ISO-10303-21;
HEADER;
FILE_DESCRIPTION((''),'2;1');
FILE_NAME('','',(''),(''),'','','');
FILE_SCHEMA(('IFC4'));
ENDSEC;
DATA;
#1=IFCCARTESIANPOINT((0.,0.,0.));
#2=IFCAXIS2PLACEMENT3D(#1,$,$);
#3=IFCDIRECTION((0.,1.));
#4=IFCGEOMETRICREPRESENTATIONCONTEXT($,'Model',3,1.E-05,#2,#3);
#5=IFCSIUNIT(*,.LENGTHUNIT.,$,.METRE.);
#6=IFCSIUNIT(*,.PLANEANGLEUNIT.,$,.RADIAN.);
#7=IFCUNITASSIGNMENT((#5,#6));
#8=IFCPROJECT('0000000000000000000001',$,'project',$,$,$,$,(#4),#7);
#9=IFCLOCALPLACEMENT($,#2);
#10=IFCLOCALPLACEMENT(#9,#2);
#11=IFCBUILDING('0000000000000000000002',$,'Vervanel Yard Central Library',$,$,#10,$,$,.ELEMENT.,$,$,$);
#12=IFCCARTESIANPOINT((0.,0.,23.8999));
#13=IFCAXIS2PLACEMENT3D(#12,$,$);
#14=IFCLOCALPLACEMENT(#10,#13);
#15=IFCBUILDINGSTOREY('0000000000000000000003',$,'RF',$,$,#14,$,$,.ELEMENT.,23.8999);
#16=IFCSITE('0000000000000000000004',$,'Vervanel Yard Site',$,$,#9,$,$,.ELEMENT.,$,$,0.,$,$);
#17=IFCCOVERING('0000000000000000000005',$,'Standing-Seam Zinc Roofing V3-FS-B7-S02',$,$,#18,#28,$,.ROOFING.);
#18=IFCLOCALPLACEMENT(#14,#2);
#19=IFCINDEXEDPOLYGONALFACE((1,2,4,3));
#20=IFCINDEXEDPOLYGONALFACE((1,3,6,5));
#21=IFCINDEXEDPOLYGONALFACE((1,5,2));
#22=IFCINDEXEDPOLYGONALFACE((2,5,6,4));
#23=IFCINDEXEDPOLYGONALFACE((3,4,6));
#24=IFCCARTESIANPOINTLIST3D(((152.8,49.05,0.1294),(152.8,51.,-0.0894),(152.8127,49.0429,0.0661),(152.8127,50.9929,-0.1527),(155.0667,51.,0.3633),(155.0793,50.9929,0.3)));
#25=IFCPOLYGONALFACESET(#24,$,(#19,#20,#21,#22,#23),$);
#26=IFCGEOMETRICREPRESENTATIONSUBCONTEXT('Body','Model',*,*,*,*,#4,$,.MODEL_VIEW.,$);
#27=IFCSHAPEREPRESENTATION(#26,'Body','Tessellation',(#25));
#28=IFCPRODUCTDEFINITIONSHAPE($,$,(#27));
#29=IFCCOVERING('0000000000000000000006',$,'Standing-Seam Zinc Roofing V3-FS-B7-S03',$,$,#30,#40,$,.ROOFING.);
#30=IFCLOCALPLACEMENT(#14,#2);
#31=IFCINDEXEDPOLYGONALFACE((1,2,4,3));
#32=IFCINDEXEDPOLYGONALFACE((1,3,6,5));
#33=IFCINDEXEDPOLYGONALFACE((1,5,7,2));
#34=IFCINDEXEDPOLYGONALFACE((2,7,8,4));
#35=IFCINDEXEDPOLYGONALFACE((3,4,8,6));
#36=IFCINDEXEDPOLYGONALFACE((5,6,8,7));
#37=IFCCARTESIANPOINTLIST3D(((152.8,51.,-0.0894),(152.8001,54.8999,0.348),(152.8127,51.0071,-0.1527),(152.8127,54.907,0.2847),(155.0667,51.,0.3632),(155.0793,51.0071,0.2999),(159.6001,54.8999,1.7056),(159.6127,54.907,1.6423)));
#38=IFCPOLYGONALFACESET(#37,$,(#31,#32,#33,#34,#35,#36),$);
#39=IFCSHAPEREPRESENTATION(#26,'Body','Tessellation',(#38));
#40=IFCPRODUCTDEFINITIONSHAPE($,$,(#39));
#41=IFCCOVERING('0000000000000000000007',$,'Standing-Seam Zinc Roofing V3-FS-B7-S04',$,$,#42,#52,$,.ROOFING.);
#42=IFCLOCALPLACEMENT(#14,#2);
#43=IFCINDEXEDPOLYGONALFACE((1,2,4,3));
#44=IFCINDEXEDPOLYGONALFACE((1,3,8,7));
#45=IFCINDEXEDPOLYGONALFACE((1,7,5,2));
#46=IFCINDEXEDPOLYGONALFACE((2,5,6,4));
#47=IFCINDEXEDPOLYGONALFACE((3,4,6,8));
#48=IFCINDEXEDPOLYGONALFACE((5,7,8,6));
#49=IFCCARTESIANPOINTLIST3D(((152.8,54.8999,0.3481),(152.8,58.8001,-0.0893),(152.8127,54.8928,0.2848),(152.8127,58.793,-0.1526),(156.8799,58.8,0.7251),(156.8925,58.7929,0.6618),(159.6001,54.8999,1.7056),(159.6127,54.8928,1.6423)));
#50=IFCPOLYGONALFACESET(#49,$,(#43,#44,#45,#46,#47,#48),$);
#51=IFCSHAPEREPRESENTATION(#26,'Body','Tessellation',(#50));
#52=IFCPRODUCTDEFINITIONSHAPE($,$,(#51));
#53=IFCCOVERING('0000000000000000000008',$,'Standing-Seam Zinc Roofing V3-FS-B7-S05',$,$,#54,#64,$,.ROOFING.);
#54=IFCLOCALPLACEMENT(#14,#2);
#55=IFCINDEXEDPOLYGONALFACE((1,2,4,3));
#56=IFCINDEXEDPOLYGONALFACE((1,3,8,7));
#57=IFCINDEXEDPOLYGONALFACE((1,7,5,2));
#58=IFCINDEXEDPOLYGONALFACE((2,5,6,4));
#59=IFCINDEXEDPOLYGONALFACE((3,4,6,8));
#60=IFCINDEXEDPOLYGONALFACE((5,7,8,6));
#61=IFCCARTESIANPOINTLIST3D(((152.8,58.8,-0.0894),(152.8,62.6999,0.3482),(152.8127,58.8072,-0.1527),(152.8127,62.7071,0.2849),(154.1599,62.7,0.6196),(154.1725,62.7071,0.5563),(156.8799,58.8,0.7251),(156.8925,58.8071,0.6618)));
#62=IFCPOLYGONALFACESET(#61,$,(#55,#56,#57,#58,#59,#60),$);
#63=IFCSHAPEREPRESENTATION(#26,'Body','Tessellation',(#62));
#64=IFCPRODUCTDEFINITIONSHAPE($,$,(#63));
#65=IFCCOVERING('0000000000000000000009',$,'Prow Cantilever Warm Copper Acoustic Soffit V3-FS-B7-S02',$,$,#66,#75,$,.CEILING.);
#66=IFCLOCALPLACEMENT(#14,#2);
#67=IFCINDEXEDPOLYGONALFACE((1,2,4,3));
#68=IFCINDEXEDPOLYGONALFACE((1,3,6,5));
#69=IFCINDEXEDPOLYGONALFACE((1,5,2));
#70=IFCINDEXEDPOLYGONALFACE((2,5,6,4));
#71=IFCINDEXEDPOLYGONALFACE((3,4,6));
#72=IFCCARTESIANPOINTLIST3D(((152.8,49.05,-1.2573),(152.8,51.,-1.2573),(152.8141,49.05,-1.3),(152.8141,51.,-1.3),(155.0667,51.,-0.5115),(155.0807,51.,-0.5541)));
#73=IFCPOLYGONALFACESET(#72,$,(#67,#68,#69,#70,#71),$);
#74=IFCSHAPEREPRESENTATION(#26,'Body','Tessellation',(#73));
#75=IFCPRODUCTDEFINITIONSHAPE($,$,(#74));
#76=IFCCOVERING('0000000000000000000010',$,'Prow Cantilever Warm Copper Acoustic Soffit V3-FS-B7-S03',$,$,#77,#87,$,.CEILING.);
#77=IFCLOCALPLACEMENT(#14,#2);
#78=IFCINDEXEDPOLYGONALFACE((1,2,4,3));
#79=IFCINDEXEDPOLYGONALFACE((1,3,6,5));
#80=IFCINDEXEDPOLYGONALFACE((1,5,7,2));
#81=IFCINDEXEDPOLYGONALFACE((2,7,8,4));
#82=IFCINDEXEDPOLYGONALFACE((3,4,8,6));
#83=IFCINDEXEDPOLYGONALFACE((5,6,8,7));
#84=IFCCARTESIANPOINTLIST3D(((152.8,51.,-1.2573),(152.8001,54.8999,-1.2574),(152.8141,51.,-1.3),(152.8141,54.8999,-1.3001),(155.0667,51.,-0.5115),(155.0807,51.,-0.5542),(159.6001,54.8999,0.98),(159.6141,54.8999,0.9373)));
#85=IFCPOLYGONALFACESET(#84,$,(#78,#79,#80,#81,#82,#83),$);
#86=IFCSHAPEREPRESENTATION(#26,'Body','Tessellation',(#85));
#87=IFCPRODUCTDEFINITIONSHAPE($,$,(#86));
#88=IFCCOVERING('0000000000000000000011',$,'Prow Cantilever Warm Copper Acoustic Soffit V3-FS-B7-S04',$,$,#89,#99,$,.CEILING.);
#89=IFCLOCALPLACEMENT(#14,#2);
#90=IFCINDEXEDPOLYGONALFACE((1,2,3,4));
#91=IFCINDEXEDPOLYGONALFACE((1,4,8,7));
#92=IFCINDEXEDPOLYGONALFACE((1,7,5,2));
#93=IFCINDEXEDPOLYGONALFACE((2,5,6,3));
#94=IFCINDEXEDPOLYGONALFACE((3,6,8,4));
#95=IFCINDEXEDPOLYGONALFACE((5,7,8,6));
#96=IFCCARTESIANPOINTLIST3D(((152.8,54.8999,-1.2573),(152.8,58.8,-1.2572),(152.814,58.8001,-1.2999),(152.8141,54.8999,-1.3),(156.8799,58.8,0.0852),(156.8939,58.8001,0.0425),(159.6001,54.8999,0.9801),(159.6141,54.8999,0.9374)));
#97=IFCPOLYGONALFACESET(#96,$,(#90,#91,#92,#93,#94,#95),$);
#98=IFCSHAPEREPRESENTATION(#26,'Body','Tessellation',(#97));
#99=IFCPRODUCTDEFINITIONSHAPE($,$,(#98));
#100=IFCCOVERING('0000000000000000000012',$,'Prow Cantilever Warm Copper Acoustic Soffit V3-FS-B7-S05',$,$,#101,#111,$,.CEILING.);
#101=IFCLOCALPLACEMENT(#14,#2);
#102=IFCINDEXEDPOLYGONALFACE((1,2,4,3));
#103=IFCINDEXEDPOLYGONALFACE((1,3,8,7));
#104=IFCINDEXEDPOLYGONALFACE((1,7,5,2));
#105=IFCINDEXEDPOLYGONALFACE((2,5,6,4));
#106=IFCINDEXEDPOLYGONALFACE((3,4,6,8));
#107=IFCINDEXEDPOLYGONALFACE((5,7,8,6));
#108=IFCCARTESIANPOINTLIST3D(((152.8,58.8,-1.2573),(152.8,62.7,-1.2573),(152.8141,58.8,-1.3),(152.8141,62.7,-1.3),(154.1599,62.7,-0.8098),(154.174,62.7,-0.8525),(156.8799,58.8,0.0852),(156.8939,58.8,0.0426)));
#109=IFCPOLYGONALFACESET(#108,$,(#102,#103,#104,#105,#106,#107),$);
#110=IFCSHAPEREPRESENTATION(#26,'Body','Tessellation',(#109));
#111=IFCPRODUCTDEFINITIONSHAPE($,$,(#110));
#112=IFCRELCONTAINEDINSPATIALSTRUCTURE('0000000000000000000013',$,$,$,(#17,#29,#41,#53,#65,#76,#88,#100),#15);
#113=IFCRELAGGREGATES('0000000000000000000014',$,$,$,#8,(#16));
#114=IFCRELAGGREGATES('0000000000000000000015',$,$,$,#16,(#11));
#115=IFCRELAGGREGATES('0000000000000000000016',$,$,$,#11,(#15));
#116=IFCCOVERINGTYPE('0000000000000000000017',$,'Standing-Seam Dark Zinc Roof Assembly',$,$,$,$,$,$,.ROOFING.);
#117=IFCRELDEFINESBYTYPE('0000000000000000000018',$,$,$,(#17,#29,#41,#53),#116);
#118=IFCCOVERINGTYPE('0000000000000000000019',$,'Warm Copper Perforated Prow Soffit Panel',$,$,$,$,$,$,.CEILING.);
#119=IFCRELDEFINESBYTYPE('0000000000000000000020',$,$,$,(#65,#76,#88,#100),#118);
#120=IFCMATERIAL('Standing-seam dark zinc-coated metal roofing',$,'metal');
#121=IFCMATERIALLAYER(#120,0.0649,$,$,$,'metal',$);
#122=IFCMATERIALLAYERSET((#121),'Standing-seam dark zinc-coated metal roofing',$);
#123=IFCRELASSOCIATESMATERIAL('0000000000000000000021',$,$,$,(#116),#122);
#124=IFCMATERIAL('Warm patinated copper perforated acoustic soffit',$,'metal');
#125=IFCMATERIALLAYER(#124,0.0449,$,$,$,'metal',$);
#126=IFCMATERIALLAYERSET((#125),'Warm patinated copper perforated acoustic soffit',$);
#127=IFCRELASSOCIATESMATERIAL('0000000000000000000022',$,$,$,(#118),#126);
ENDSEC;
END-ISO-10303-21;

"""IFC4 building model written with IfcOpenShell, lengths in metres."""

from ifc_helpers import new_model, si_unit, direction, frame, origin, place, context, subcontext, project, spatial, polyline, outline, extrude, material, layer, layer_set, type_object, element, save


model = new_model("IFC4")

# Units and contexts
model_context = context("Model", 3, precision=1e-05, world=origin(), true_north=direction((0.0, 1.0)))
body_context = subcontext(model_context, "Body", "Model", "MODEL_VIEW")
ifc_project = project(units=[si_unit("LENGTHUNIT", "METRE"), si_unit("PLANEANGLEUNIT", "RADIAN")], contexts=[model_context])

# Site, building, storey
site_placement = place(None, origin())
site = spatial("IfcSite", under=ifc_project, at=site_placement, Name="Vervanel Yard Site", CompositionType="ELEMENT", RefElevation=0.0)
building_placement = place(site_placement, origin())
building = spatial("IfcBuilding", under=site, at=building_placement, Name="Vervanel Yard Central Library", CompositionType="ELEMENT")
storey_placement = place(building_placement, frame((0.0, 0.0, 23.8999)))
storey = spatial("IfcBuildingStorey", under=building, at=storey_placement, Name="RF", CompositionType="ELEMENT", Elevation=23.8999)

# Coverings
ifc_material_1 = material(Name="Standing-seam dark zinc-coated metal roofing", Category="metal")
ifc_layer_1 = layer(ifc_material_1, 0.0649, Category="metal")
ifc_layer_set_1 = layer_set([ifc_layer_1], Name="Standing-seam dark zinc-coated metal roofing")
covering_type_1 = type_object("IfcCoveringType", Name="Standing-Seam Dark Zinc Roof Assembly", PredefinedType="ROOFING", material=ifc_layer_set_1)
covering_1_placement = place(storey_placement, frame((152.8, 51.0, -0.0894), z_axis=(-0.194657, 0.10935, 0.974757), x_axis=(0.980638, 0.0, 0.195832)))
element("IfcCovering", 1, at=covering_1_placement, inside=storey, type_object=covering_type_1, Name="Standing-Seam Zinc Roofing V3-FS-B7-S02", PredefinedType="ROOFING", context=body_context, shape_type="SweptSolid", body=[
    extrude(outline(polyline([(0.0428, -1.9617), (2.3114, 0.0), (0.0, 0.0), (0.0428, -1.9617)])), origin(), (0.0, 0.0, -1.0), 0.0649),
])
covering_2_placement = place(storey_placement, frame((152.8, 51.0, -0.0894), z_axis=(-0.194603, -0.109319, 0.974771), x_axis=(0.000006, 0.99377, 0.11145)))
element("IfcCovering", 2, at=covering_2_placement, inside=storey, type_object=covering_type_1, Name="Standing-Seam Zinc Roofing V3-FS-B7-S03", PredefinedType="ROOFING", context=body_context, shape_type="SweptSolid", body=[
    extrude(outline(polyline([(0.0505, -2.3108), (4.0757, -6.9326), (3.9244, 0.0), (0.0, 0.0), (0.0505, -2.3108)])), origin(), (0.0, 0.0, -1.0), 0.0649),
])
covering_3_placement = place(storey_placement, frame((152.8, 54.8999, 0.3481), z_axis=(-0.194587, 0.109339, 0.974772), x_axis=(-0.000001, 0.993768, -0.11147)))
element("IfcCovering", 3, at=covering_3_placement, inside=storey, type_object=covering_type_1, Name="Standing-Seam Zinc Roofing V3-FS-B7-S04", PredefinedType="ROOFING", context=body_context, shape_type="SweptSolid", body=[
    extrude(outline(polyline([(-0.1513, -6.9326), (3.8338, -4.1593), (3.9246, 0.0), (0.0, 0.0), (-0.1513, -6.9326)])), origin(), (0.0, 0.0, -1.0), 0.0649),
])
covering_4_placement = place(storey_placement, frame((152.8, 58.8, -0.0894), z_axis=(-0.194595, -0.109355, 0.974769), x_axis=(-0.000001, 0.993766, 0.111486)))
element("IfcCovering", 4, at=covering_4_placement, inside=storey, type_object=covering_type_1, Name="Standing-Seam Zinc Roofing V3-FS-B7-S05", PredefinedType="ROOFING", context=body_context, shape_type="SweptSolid", body=[
    extrude(outline(polyline([(0.0908, -4.1593), (3.9546, -1.3864), (3.9244, 0.0), (0.0, 0.0), (0.0908, -4.1593)])), origin(), (0.0, 0.0, -1.0), 0.0649),
])
ifc_material_2 = material(Name="Warm patinated copper perforated acoustic soffit", Category="metal")
ifc_layer_2 = layer(ifc_material_2, 0.0449, Category="metal")
ifc_layer_set_2 = layer_set([ifc_layer_2], Name="Warm patinated copper perforated acoustic soffit")
covering_type_2 = type_object("IfcCoveringType", Name="Warm Copper Perforated Prow Soffit Panel", PredefinedType="CEILING", material=ifc_layer_set_2)
covering_5_placement = place(storey_placement, frame((152.8, 51.0, -1.2573), z_axis=(-0.312573, 0.0, 0.949894), x_axis=(0.949894, 0.0, 0.312573)))
element("IfcCovering", 5, at=covering_5_placement, inside=storey, type_object=covering_type_2, Name="Prow Cantilever Warm Copper Acoustic Soffit V3-FS-B7-S02", PredefinedType="CEILING", context=body_context, shape_type="SweptSolid", body=[
    extrude(outline(polyline([(0.0, -1.95), (2.3862, 0.0), (0.0, 0.0), (0.0, -1.95)])), origin(), (0.0, 0.0, -1.0), 0.0449),
])
covering_6_placement = place(storey_placement, frame((152.8, 51.0, -1.2573), z_axis=(-0.312542, 0.00002, 0.949904), x_axis=(0.000006, 1.0, -0.000019)))
element("IfcCovering", 6, at=covering_6_placement, inside=storey, type_object=covering_type_2, Name="Prow Cantilever Warm Copper Acoustic Soffit V3-FS-B7-S03", PredefinedType="CEILING", context=body_context, shape_type="SweptSolid", body=[
    extrude(outline(polyline([(0.0, -2.3862), (3.8999, -7.1586), (3.8999, 0.0), (0.0, 0.0), (0.0, -2.3862)])), origin(), (0.0, 0.0, -1.0), 0.0449),
])
covering_7_placement = place(storey_placement, frame((152.8, 54.8999, -1.2573), z_axis=(-0.312548, -0.000032, 0.949902), x_axis=(-0.00001, 1.0, 0.00003)))
element("IfcCovering", 7, at=covering_7_placement, inside=storey, type_object=covering_type_2, Name="Prow Cantilever Warm Copper Acoustic Soffit V3-FS-B7-S04", PredefinedType="CEILING", context=body_context, shape_type="SweptSolid", body=[
    extrude(outline(polyline([(0.0, -7.1586), (3.9001, -4.295), (3.9001, 0.0), (0.0, 0.0), (0.0, -7.1586)])), origin(), (0.0, 0.0, -1.0), 0.0449),
])
covering_8_placement = place(storey_placement, frame((152.8, 58.8, -1.2573), z_axis=(-0.31258, -0.000005, 0.949891), x_axis=(-0.000002, 1.0, 0.000005)))
element("IfcCovering", 8, at=covering_8_placement, inside=storey, type_object=covering_type_2, Name="Prow Cantilever Warm Copper Acoustic Soffit V3-FS-B7-S05", PredefinedType="CEILING", context=body_context, shape_type="SweptSolid", body=[
    extrude(outline(polyline([(0.0, -4.295), (3.8999, -1.4316), (3.8999, 0.0), (0.0, 0.0), (0.0, -4.295)])), origin(), (0.0, 0.0, -1.0), 0.0449),
])

save(model, "model.ifc")
